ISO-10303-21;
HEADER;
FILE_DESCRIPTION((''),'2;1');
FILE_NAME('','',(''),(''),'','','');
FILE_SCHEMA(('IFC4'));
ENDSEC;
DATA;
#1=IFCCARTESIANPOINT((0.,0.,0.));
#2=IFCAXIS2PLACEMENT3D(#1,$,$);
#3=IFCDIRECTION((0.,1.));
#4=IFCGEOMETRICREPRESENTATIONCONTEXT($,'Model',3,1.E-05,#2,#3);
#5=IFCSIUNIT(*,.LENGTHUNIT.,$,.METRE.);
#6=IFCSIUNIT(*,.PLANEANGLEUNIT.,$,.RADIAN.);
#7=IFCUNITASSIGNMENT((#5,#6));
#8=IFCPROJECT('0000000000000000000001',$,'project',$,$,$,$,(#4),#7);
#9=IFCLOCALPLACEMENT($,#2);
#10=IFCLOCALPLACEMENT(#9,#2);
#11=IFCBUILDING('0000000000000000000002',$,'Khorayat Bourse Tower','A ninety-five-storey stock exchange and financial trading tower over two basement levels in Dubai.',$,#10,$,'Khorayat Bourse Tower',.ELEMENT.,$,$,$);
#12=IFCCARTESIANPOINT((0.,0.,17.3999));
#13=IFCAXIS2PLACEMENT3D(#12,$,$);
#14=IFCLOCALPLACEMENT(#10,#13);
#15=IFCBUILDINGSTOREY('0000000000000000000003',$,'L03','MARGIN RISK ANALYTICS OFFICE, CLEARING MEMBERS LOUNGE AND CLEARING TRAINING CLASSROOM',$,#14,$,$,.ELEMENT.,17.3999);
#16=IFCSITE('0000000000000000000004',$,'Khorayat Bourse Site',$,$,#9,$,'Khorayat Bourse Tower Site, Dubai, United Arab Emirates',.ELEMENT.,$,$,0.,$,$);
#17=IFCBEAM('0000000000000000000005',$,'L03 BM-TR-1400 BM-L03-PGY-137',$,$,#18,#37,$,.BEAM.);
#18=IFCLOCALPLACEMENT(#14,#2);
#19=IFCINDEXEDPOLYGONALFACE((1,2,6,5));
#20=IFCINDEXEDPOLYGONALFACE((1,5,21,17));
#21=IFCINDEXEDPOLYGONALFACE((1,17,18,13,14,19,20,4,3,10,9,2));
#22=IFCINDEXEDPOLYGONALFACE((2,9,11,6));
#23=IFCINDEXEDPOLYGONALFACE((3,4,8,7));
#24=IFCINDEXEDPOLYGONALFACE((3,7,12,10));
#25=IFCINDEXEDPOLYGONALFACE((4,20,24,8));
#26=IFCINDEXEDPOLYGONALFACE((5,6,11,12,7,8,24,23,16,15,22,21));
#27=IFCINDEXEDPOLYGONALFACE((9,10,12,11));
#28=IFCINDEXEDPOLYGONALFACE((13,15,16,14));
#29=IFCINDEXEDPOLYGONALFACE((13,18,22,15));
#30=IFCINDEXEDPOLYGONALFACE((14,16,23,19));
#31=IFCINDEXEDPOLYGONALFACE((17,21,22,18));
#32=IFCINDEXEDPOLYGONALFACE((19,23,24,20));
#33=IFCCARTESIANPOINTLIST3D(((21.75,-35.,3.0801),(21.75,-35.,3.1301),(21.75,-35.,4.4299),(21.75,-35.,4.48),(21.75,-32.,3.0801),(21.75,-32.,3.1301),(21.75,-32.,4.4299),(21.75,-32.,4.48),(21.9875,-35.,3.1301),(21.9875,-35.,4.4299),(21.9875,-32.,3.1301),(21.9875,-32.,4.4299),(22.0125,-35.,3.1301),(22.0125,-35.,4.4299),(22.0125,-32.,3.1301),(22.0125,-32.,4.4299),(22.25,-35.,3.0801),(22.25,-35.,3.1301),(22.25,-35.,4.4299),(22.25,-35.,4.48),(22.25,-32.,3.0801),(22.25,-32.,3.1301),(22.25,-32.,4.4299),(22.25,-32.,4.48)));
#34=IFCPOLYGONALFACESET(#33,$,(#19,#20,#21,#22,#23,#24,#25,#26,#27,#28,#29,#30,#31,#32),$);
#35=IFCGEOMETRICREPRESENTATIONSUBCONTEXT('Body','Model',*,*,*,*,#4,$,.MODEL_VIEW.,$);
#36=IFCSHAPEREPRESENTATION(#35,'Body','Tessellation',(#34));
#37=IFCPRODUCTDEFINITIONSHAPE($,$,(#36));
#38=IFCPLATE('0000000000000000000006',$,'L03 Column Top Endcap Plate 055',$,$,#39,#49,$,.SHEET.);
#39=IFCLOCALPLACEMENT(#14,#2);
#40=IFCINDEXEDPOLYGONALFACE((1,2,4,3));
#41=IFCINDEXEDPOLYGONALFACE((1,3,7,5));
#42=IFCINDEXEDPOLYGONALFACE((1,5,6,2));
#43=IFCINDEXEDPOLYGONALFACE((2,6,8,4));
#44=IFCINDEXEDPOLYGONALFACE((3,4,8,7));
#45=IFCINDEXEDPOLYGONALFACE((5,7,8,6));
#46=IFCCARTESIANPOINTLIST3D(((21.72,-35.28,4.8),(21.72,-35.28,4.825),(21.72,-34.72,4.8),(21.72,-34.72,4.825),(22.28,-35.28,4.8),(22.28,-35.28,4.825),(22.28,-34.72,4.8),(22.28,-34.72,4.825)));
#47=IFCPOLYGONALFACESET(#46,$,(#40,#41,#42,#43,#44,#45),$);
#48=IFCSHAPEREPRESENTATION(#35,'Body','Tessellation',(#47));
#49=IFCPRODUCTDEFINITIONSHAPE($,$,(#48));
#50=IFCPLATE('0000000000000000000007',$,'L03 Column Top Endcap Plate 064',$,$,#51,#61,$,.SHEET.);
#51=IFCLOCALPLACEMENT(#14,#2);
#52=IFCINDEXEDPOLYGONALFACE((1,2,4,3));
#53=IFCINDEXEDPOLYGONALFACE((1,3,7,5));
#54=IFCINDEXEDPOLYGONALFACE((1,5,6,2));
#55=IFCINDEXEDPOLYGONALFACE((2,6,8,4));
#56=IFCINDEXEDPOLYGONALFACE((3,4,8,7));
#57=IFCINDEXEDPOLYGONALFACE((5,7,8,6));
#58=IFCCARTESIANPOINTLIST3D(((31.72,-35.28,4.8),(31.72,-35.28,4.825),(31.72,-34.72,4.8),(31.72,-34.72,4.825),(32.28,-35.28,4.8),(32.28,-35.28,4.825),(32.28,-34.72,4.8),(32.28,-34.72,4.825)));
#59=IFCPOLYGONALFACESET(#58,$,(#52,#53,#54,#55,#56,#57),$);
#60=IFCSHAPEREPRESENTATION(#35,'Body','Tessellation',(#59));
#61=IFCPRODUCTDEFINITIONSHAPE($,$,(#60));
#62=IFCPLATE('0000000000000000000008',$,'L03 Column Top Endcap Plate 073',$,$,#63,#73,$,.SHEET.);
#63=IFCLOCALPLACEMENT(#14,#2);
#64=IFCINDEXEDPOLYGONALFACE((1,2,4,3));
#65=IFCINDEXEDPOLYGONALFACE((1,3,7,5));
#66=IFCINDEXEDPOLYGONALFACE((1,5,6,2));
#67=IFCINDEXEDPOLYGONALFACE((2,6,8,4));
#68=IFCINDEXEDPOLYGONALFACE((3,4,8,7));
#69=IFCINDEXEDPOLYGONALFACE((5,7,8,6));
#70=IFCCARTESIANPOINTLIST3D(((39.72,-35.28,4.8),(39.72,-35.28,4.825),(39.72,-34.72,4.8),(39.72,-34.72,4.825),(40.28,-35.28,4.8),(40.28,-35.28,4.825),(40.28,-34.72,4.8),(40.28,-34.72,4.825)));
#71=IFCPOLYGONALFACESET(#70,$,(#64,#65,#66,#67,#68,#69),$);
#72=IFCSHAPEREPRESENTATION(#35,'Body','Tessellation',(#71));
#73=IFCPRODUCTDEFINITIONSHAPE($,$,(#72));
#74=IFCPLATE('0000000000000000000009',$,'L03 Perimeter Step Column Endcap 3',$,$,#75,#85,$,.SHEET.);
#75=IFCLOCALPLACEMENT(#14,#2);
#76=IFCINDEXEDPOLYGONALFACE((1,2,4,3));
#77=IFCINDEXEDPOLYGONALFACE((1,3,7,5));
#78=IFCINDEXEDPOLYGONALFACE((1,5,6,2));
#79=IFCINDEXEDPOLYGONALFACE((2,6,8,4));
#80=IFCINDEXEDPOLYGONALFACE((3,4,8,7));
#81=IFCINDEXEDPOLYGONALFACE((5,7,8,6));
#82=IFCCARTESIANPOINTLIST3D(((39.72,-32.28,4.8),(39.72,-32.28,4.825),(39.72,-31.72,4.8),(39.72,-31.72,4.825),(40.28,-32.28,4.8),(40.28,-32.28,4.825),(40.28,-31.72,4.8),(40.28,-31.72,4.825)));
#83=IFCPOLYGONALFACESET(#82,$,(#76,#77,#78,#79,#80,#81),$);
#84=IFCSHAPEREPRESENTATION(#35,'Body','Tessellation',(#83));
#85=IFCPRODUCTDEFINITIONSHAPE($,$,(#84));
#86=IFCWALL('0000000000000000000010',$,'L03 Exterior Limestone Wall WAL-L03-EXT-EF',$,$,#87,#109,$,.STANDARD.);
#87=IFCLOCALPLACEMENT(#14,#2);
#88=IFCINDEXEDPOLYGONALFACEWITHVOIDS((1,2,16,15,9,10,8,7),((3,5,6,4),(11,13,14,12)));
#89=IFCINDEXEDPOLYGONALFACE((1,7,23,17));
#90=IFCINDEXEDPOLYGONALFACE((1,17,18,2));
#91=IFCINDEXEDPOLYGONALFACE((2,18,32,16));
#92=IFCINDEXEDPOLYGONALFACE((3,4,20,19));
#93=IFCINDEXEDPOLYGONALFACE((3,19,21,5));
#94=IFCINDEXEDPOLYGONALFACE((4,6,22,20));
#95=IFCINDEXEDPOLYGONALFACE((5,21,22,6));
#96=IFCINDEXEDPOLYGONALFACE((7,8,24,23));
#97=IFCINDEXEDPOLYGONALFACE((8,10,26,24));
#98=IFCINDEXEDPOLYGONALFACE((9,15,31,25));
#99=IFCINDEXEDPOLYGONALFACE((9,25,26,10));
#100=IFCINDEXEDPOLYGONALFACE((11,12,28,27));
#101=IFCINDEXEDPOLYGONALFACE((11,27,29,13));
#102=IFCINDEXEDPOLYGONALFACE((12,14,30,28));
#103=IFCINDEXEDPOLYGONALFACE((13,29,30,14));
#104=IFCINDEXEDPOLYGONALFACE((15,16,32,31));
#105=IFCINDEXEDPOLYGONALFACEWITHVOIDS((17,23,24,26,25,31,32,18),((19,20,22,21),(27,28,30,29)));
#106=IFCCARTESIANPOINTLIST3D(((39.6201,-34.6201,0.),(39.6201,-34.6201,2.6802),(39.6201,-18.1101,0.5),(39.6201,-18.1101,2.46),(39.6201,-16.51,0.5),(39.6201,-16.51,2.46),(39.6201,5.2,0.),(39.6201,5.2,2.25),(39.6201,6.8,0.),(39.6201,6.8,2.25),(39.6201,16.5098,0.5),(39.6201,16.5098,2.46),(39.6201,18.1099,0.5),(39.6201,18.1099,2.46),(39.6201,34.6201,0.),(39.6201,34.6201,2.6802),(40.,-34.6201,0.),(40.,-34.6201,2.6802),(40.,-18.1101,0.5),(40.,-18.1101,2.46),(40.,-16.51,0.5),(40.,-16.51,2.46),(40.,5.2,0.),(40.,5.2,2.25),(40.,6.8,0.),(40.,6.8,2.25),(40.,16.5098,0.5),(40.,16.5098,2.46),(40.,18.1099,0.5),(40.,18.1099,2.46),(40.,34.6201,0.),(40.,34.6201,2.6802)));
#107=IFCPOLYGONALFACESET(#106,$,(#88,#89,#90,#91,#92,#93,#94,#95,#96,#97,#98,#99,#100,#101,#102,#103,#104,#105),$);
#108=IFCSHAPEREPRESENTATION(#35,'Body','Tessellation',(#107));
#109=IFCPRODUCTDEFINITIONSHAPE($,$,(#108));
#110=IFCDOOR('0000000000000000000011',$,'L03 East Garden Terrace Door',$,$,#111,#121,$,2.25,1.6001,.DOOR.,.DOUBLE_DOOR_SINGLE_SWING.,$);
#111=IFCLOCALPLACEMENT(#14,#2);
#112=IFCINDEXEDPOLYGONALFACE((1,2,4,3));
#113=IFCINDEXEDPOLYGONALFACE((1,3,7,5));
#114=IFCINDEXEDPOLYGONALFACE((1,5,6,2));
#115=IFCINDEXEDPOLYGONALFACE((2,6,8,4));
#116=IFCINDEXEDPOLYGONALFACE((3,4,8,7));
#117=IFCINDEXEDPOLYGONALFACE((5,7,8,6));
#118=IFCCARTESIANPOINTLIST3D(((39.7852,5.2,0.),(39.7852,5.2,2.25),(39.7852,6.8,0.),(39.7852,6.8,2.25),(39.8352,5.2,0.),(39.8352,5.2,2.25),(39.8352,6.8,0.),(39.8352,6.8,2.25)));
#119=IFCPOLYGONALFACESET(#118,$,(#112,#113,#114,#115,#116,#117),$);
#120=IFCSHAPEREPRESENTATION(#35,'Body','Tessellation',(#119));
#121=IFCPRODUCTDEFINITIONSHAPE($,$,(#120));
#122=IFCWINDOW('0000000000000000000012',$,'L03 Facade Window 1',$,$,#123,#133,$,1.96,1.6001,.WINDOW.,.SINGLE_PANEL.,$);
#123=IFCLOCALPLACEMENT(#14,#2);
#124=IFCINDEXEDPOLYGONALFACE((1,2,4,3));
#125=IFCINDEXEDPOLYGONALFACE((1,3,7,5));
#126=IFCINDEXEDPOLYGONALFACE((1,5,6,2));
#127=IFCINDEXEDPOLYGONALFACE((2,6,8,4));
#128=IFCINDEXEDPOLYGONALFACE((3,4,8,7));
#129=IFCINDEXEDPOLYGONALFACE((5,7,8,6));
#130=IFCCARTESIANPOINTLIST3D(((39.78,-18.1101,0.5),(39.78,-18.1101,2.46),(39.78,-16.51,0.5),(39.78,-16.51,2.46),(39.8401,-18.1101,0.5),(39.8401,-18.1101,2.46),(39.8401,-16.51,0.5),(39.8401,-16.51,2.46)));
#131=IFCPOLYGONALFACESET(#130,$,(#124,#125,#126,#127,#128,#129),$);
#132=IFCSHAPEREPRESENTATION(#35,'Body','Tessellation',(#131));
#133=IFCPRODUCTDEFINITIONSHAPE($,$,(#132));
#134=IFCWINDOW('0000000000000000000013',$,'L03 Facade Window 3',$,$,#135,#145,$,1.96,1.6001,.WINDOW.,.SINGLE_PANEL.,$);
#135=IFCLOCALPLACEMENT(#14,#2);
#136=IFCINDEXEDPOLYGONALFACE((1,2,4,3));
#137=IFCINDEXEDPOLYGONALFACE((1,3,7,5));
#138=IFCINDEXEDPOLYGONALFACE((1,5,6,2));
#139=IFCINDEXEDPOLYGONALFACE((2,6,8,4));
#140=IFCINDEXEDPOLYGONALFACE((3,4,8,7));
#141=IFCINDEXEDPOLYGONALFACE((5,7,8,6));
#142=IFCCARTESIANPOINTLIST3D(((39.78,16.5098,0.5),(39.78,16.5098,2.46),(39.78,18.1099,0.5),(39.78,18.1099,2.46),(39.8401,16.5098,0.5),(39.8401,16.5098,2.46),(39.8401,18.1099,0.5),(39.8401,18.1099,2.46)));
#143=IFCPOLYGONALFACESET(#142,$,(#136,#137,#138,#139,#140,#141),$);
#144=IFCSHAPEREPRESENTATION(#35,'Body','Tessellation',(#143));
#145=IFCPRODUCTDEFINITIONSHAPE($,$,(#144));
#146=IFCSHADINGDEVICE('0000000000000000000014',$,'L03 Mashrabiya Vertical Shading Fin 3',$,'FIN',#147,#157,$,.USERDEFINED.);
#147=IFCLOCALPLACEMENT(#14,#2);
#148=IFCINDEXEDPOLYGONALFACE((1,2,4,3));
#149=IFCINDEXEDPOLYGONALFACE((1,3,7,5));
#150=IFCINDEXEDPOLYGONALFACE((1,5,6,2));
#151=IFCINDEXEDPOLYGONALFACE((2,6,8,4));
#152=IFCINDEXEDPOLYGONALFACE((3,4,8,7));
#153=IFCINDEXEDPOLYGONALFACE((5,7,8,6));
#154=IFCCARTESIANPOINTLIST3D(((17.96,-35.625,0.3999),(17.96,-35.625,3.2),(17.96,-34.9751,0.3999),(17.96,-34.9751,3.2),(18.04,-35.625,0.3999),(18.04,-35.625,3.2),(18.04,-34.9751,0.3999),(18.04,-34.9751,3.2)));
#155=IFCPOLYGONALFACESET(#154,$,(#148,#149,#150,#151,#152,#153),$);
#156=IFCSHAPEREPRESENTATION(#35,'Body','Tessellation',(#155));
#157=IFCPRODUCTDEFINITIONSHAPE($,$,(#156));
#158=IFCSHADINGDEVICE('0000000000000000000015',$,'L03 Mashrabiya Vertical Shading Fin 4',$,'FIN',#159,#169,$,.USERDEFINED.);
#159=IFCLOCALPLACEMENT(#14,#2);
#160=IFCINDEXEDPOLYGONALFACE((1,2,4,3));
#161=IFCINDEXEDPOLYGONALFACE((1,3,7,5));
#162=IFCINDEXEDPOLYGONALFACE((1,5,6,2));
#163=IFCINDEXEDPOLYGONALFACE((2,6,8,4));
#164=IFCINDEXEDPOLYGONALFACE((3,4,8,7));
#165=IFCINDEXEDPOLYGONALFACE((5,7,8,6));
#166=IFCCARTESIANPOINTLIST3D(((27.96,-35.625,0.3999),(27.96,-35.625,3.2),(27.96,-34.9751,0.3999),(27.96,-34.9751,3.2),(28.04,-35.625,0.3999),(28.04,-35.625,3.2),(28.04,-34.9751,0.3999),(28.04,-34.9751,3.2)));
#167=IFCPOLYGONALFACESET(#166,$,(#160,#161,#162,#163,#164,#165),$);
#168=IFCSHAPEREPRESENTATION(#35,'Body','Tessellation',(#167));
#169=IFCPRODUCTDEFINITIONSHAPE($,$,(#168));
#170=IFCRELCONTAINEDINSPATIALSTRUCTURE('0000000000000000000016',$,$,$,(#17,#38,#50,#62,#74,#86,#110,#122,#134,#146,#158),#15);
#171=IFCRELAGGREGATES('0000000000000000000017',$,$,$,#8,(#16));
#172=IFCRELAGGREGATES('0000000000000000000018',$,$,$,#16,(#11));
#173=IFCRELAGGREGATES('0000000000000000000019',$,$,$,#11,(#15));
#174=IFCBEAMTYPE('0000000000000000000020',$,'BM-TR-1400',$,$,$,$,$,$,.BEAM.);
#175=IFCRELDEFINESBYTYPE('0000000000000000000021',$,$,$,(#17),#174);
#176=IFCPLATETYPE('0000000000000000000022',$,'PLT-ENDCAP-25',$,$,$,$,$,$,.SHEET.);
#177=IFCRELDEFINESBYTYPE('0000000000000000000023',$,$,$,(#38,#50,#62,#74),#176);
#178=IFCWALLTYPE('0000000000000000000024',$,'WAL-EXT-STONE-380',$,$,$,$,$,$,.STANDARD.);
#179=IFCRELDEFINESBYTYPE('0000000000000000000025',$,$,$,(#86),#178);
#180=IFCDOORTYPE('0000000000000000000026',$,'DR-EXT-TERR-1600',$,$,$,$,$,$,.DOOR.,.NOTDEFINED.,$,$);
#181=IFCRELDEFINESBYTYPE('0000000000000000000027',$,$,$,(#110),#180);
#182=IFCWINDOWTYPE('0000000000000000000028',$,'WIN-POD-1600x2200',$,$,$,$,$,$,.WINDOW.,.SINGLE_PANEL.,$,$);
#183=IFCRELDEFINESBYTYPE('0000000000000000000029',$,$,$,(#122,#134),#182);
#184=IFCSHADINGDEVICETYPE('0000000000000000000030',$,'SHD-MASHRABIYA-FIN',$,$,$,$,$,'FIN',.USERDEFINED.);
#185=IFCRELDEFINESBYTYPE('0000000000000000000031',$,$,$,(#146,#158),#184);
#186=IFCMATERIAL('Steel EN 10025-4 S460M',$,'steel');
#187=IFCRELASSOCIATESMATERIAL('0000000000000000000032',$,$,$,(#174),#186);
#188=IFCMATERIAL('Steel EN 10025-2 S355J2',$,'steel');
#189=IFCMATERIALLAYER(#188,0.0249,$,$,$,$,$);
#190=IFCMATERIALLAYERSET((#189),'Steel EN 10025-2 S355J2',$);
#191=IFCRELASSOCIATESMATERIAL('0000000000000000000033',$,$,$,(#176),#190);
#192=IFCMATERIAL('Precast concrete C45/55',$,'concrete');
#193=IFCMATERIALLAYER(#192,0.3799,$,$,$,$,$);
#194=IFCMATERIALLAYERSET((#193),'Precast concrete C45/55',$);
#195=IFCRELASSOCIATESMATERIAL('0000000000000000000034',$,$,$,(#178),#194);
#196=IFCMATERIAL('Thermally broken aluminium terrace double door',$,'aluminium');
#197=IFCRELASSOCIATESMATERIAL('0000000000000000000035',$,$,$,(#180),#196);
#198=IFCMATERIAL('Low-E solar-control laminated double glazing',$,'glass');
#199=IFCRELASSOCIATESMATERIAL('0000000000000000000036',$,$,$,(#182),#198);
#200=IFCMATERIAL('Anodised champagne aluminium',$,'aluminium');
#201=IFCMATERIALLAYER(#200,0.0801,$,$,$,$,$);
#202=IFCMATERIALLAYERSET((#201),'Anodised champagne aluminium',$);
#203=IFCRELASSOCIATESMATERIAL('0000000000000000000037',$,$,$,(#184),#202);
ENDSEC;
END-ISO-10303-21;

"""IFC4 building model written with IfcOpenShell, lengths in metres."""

from ifc_helpers import new_model, si_unit, direction, frame, frame_2d, origin, origin_2d, place, context, subcontext, project, spatial, rectangle, i_section, extrude, source, transform, mapped, material, layer, layer_set, material_profile, profile_set, type_object, element, fill, save


model = new_model("IFC4")

# Units and contexts
model_context = context("Model", 3, precision=1e-05, world=origin(), true_north=direction((0.0, 1.0)))
body_context = subcontext(model_context, "Body", "Model", "MODEL_VIEW")
ifc_project = project(units=[si_unit("LENGTHUNIT", "METRE"), si_unit("PLANEANGLEUNIT", "RADIAN")], contexts=[model_context])

# Site, building, storey
site_placement = place(None, origin())
site = spatial("IfcSite", under=ifc_project, at=site_placement, Name="Khorayat Bourse Site", LongName="Khorayat Bourse Tower Site, Dubai, United Arab Emirates", CompositionType="ELEMENT", RefElevation=0.0)
building_placement = place(site_placement, origin())
building = spatial("IfcBuilding", under=site, at=building_placement, Name="Khorayat Bourse Tower", Description="A ninety-five-storey stock exchange and financial trading tower over two basement levels in Dubai.", LongName="Khorayat Bourse Tower", CompositionType="ELEMENT")
storey_placement = place(building_placement, frame((0.0, 0.0, 17.3999)))
storey = spatial("IfcBuildingStorey", under=building, at=storey_placement, Name="L03", Description="MARGIN RISK ANALYTICS OFFICE, CLEARING MEMBERS LOUNGE AND CLEARING TRAINING CLASSROOM", CompositionType="ELEMENT", Elevation=17.3999)

# Shared definitions
ifc_material_1 = material(Name="Steel EN 10025-2 S355J2", Category="steel")

# Beam
ifc_material_2 = material(Name="Steel EN 10025-4 S460M", Category="steel")
ifc_material_profile_1 = material_profile(ifc_material_2, i_section(OverallWidth=0.5, OverallDepth=1.3999, WebThickness=0.0249, FlangeThickness=0.05, at=origin_2d()), Name="PG 1400x500x25x50")
ifc_profile_set_1 = profile_set([ifc_material_profile_1], Name="Steel EN 10025-4 S460M")
beam_type_1 = type_object("IfcBeamType", Name="BM-TR-1400", PredefinedType="BEAM", material=ifc_profile_set_1)
shared_shape_1 = source(origin(), body_context, "Body", "SweptSolid", [
    extrude(i_section(OverallWidth=0.5, OverallDepth=1.3999, WebThickness=0.0249, FlangeThickness=0.05, at=origin_2d()), origin(), (0.0, 0.0, 1.0), 3.0),
])
beam_1_placement = place(storey_placement, frame((22.0, -35.0, 3.78), z_axis=(0.0, 1.0, 0.0), x_axis=(-1.0, 0.0, 0.0)))
element("IfcBeam", 1, at=beam_1_placement, inside=storey, type_object=beam_type_1, Name="L03 BM-TR-1400 BM-L03-PGY-137", PredefinedType="BEAM", context=body_context, shape_type="MappedRepresentation", body=[
    mapped(shared_shape_1, transform((0.0, 0.0, 0.0), scale=1.0)),
])

# Plates
ifc_layer_1 = layer(ifc_material_1, 0.0249)
ifc_layer_set_1 = layer_set([ifc_layer_1], Name="Steel EN 10025-2 S355J2")
plate_type = type_object("IfcPlateType", Name="PLT-ENDCAP-25", PredefinedType="SHEET", material=ifc_layer_set_1)
shared_shape_2 = source(origin(), body_context, "Body", "SweptSolid", [
    extrude(rectangle(XDim=0.5601, YDim=0.5601, at=origin_2d()), origin(), (0.0, 0.0, 1.0), 0.0249),
])
for number, where, z_axis, x_axis, name in (
    (2, (22.0, -35.0, 4.8), (0.0, 0.0, 1.0), (1.0, 0.0, 0.0), "L03 Column Top Endcap Plate 055"),
    (3, (32.0, -35.0, 4.8), (0.0, 0.0, 1.0), (1.0, 0.0, 0.0), "L03 Column Top Endcap Plate 064"),
    (4, (40.0, -35.0, 4.8), (0.0, 0.0, 1.0), (1.0, 0.0, 0.0), "L03 Column Top Endcap Plate 073"),
    (5, (40.0, -32.0, 4.8), (0.0, 0.0, 1.0), (1.0, 0.0, 0.0), "L03 Perimeter Step Column Endcap 3"),
):
    element("IfcPlate", number, at=place(storey_placement, frame(where, z_axis=z_axis, x_axis=x_axis)), inside=storey, type_object=plate_type, Name=name, PredefinedType="SHEET", context=body_context, shape_type="MappedRepresentation", body=[
        mapped(shared_shape_2, transform((0.0, 0.0, 0.0), scale=1.0)),
    ])

# Wall, openings, door, windows
ifc_material_3 = material(Name="Precast concrete C45/55", Category="concrete")
ifc_layer_2 = layer(ifc_material_3, 0.3799)
ifc_layer_set_2 = layer_set([ifc_layer_2], Name="Precast concrete C45/55")
wall_type = type_object("IfcWallType", Name="WAL-EXT-STONE-380", PredefinedType="STANDARD", material=ifc_layer_set_2)
shared_shape_3 = source(origin(), body_context, "Body", "SweptSolid", [
    extrude(rectangle(XDim=69.2402, YDim=0.3799, at=frame_2d((34.6201, 0.0))), origin(), (0.0, 0.0, 1.0), 2.6802),
])
wall_placement = place(storey_placement, frame((39.8101, -34.6201, 0.0), z_axis=(0.0, 0.0, 1.0), x_axis=(0.0, 1.0, 0.0)))
wall = element("IfcWall", 6, at=wall_placement, inside=storey, type_object=wall_type, Name="L03 Exterior Limestone Wall WAL-L03-EXT-EF", PredefinedType="STANDARD", context=body_context, shape_type="MappedRepresentation", body=[
    mapped(shared_shape_3, transform((0.0, 0.0, 0.0), scale=1.0)),
])
shared_shape_4 = source(origin(), body_context, "Body", "SweptSolid", [
    extrude(rectangle(XDim=1.6001, YDim=2.25, at=frame_2d((0.8, 1.125))), frame((0.0, 0.2, 0.0), z_axis=(0.0, -1.0, 0.0), x_axis=(1.0, 0.0, 0.0)), (0.0, 0.0, 1.0), 0.3999),
])
opening_1_placement = place(wall_placement, frame((39.8201, 0.0, 0.0)))
opening_1 = element("IfcOpeningElement", 7, at=opening_1_placement, cuts=wall, PredefinedType="OPENING", context=body_context, shape_type="MappedRepresentation", body=[
    mapped(shared_shape_4, transform((0.0, 0.0, 0.0), scale=1.0)),
])
shared_shape_5 = source(origin(), body_context, "Body", "SweptSolid", [
    extrude(rectangle(XDim=1.6001, YDim=1.96, at=frame_2d((0.8, 0.98))), frame((0.0, 0.2, 0.0), z_axis=(0.0, -1.0, 0.0), x_axis=(1.0, 0.0, 0.0)), (0.0, 0.0, 1.0), 0.3999),
])
opening_2_placement = place(wall_placement, frame((16.51, 0.0, 0.5)))
opening_2 = element("IfcOpeningElement", 8, at=opening_2_placement, cuts=wall, PredefinedType="OPENING", context=body_context, shape_type="MappedRepresentation", body=[
    mapped(shared_shape_5, transform((0.0, 0.0, 0.0), scale=1.0)),
])
opening_3_placement = place(wall_placement, frame((51.1299, 0.0, 0.5)))
opening_3 = element("IfcOpeningElement", 9, at=opening_3_placement, cuts=wall, PredefinedType="OPENING", context=body_context, shape_type="MappedRepresentation", body=[
    mapped(shared_shape_5, transform((0.0, 0.0, 0.0), scale=1.0)),
])
ifc_material_4 = material(Name="Thermally broken aluminium terrace double door", Category="aluminium")
door_type = type_object("IfcDoorType", Name="DR-EXT-TERR-1600", OperationType="NOTDEFINED", PredefinedType="DOOR", material=ifc_material_4)
shared_shape_6 = source(origin(), body_context, "Body", "SweptSolid", [
    extrude(rectangle(XDim=1.6001, YDim=2.25, at=frame_2d((0.8, 1.125))), frame((0.0, 0.0249, 0.0), z_axis=(0.0, -1.0, 0.0), x_axis=(1.0, 0.0, 0.0)), (0.0, 0.0, 1.0), 0.05),
])
door_placement = place(opening_1_placement, origin())
door = element("IfcDoor", 10, at=door_placement, inside=storey, type_object=door_type, Name="L03 East Garden Terrace Door", OperationType="DOUBLE_DOOR_SINGLE_SWING", OverallHeight=2.25, OverallWidth=1.6001, PredefinedType="DOOR", context=body_context, shape_type="MappedRepresentation", body=[
    mapped(shared_shape_6, transform((0.0, 0.0, 0.0), scale=1.0)),
])
fill(opening_1, door)
ifc_material_5 = material(Name="Low-E solar-control laminated double glazing", Category="glass")
window_type = type_object("IfcWindowType", Name="WIN-POD-1600x2200", PartitioningType="SINGLE_PANEL", PredefinedType="WINDOW", material=ifc_material_5)
shared_shape_7 = source(origin(), body_context, "Body", "SweptSolid", [
    extrude(rectangle(XDim=1.6001, YDim=1.96, at=frame_2d((0.8, 0.98))), frame((0.0, 0.03, 0.0), z_axis=(0.0, -1.0, 0.0), x_axis=(1.0, 0.0, 0.0)), (0.0, 0.0, 1.0), 0.0601),
])
window_1_placement = place(opening_2_placement, origin())
window_1 = element("IfcWindow", 11, at=window_1_placement, inside=storey, type_object=window_type, Name="L03 Facade Window 1", OverallHeight=1.96, OverallWidth=1.6001, PartitioningType="SINGLE_PANEL", PredefinedType="WINDOW", context=body_context, shape_type="MappedRepresentation", body=[
    mapped(shared_shape_7, transform((0.0, 0.0, 0.0), scale=1.0)),
])
fill(opening_2, window_1)
window_2_placement = place(opening_3_placement, origin())
window_2 = element("IfcWindow", 12, at=window_2_placement, inside=storey, type_object=window_type, Name="L03 Facade Window 3", OverallHeight=1.96, OverallWidth=1.6001, PartitioningType="SINGLE_PANEL", PredefinedType="WINDOW", context=body_context, shape_type="MappedRepresentation", body=[
    mapped(shared_shape_7, transform((0.0, 0.0, 0.0), scale=1.0)),
])
fill(opening_3, window_2)

# Shading devices
ifc_material_6 = material(Name="Anodised champagne aluminium", Category="aluminium")
ifc_layer_3 = layer(ifc_material_6, 0.0801)
ifc_layer_set_3 = layer_set([ifc_layer_3], Name="Anodised champagne aluminium")
shading_device_type = type_object("IfcShadingDeviceType", Name="SHD-MASHRABIYA-FIN", ElementType="FIN", PredefinedType="USERDEFINED", material=ifc_layer_set_3)
shared_shape_8 = source(origin(), body_context, "Body", "SweptSolid", [
    extrude(rectangle(XDim=0.0801, YDim=0.6499, at=origin_2d()), origin(), (0.0, 0.0, 1.0), 2.8),
])
for number, where, z_axis, x_axis, name in (
    (13, (18.0, -35.3, 0.3999), (0.0, 0.0, 1.0), (1.0, 0.0, 0.0), "L03 Mashrabiya Vertical Shading Fin 3"),
    (14, (28.0, -35.3, 0.3999), (0.0, 0.0, 1.0), (1.0, 0.0, 0.0), "L03 Mashrabiya Vertical Shading Fin 4"),
):
    element("IfcShadingDevice", number, at=place(storey_placement, frame(where, z_axis=z_axis, x_axis=x_axis)), inside=storey, type_object=shading_device_type, Name=name, ObjectType="FIN", PredefinedType="USERDEFINED", context=body_context, shape_type="MappedRepresentation", body=[
        mapped(shared_shape_8, transform((0.0, 0.0, 0.0), scale=1.0)),
    ])

save(model, "model.ifc")
